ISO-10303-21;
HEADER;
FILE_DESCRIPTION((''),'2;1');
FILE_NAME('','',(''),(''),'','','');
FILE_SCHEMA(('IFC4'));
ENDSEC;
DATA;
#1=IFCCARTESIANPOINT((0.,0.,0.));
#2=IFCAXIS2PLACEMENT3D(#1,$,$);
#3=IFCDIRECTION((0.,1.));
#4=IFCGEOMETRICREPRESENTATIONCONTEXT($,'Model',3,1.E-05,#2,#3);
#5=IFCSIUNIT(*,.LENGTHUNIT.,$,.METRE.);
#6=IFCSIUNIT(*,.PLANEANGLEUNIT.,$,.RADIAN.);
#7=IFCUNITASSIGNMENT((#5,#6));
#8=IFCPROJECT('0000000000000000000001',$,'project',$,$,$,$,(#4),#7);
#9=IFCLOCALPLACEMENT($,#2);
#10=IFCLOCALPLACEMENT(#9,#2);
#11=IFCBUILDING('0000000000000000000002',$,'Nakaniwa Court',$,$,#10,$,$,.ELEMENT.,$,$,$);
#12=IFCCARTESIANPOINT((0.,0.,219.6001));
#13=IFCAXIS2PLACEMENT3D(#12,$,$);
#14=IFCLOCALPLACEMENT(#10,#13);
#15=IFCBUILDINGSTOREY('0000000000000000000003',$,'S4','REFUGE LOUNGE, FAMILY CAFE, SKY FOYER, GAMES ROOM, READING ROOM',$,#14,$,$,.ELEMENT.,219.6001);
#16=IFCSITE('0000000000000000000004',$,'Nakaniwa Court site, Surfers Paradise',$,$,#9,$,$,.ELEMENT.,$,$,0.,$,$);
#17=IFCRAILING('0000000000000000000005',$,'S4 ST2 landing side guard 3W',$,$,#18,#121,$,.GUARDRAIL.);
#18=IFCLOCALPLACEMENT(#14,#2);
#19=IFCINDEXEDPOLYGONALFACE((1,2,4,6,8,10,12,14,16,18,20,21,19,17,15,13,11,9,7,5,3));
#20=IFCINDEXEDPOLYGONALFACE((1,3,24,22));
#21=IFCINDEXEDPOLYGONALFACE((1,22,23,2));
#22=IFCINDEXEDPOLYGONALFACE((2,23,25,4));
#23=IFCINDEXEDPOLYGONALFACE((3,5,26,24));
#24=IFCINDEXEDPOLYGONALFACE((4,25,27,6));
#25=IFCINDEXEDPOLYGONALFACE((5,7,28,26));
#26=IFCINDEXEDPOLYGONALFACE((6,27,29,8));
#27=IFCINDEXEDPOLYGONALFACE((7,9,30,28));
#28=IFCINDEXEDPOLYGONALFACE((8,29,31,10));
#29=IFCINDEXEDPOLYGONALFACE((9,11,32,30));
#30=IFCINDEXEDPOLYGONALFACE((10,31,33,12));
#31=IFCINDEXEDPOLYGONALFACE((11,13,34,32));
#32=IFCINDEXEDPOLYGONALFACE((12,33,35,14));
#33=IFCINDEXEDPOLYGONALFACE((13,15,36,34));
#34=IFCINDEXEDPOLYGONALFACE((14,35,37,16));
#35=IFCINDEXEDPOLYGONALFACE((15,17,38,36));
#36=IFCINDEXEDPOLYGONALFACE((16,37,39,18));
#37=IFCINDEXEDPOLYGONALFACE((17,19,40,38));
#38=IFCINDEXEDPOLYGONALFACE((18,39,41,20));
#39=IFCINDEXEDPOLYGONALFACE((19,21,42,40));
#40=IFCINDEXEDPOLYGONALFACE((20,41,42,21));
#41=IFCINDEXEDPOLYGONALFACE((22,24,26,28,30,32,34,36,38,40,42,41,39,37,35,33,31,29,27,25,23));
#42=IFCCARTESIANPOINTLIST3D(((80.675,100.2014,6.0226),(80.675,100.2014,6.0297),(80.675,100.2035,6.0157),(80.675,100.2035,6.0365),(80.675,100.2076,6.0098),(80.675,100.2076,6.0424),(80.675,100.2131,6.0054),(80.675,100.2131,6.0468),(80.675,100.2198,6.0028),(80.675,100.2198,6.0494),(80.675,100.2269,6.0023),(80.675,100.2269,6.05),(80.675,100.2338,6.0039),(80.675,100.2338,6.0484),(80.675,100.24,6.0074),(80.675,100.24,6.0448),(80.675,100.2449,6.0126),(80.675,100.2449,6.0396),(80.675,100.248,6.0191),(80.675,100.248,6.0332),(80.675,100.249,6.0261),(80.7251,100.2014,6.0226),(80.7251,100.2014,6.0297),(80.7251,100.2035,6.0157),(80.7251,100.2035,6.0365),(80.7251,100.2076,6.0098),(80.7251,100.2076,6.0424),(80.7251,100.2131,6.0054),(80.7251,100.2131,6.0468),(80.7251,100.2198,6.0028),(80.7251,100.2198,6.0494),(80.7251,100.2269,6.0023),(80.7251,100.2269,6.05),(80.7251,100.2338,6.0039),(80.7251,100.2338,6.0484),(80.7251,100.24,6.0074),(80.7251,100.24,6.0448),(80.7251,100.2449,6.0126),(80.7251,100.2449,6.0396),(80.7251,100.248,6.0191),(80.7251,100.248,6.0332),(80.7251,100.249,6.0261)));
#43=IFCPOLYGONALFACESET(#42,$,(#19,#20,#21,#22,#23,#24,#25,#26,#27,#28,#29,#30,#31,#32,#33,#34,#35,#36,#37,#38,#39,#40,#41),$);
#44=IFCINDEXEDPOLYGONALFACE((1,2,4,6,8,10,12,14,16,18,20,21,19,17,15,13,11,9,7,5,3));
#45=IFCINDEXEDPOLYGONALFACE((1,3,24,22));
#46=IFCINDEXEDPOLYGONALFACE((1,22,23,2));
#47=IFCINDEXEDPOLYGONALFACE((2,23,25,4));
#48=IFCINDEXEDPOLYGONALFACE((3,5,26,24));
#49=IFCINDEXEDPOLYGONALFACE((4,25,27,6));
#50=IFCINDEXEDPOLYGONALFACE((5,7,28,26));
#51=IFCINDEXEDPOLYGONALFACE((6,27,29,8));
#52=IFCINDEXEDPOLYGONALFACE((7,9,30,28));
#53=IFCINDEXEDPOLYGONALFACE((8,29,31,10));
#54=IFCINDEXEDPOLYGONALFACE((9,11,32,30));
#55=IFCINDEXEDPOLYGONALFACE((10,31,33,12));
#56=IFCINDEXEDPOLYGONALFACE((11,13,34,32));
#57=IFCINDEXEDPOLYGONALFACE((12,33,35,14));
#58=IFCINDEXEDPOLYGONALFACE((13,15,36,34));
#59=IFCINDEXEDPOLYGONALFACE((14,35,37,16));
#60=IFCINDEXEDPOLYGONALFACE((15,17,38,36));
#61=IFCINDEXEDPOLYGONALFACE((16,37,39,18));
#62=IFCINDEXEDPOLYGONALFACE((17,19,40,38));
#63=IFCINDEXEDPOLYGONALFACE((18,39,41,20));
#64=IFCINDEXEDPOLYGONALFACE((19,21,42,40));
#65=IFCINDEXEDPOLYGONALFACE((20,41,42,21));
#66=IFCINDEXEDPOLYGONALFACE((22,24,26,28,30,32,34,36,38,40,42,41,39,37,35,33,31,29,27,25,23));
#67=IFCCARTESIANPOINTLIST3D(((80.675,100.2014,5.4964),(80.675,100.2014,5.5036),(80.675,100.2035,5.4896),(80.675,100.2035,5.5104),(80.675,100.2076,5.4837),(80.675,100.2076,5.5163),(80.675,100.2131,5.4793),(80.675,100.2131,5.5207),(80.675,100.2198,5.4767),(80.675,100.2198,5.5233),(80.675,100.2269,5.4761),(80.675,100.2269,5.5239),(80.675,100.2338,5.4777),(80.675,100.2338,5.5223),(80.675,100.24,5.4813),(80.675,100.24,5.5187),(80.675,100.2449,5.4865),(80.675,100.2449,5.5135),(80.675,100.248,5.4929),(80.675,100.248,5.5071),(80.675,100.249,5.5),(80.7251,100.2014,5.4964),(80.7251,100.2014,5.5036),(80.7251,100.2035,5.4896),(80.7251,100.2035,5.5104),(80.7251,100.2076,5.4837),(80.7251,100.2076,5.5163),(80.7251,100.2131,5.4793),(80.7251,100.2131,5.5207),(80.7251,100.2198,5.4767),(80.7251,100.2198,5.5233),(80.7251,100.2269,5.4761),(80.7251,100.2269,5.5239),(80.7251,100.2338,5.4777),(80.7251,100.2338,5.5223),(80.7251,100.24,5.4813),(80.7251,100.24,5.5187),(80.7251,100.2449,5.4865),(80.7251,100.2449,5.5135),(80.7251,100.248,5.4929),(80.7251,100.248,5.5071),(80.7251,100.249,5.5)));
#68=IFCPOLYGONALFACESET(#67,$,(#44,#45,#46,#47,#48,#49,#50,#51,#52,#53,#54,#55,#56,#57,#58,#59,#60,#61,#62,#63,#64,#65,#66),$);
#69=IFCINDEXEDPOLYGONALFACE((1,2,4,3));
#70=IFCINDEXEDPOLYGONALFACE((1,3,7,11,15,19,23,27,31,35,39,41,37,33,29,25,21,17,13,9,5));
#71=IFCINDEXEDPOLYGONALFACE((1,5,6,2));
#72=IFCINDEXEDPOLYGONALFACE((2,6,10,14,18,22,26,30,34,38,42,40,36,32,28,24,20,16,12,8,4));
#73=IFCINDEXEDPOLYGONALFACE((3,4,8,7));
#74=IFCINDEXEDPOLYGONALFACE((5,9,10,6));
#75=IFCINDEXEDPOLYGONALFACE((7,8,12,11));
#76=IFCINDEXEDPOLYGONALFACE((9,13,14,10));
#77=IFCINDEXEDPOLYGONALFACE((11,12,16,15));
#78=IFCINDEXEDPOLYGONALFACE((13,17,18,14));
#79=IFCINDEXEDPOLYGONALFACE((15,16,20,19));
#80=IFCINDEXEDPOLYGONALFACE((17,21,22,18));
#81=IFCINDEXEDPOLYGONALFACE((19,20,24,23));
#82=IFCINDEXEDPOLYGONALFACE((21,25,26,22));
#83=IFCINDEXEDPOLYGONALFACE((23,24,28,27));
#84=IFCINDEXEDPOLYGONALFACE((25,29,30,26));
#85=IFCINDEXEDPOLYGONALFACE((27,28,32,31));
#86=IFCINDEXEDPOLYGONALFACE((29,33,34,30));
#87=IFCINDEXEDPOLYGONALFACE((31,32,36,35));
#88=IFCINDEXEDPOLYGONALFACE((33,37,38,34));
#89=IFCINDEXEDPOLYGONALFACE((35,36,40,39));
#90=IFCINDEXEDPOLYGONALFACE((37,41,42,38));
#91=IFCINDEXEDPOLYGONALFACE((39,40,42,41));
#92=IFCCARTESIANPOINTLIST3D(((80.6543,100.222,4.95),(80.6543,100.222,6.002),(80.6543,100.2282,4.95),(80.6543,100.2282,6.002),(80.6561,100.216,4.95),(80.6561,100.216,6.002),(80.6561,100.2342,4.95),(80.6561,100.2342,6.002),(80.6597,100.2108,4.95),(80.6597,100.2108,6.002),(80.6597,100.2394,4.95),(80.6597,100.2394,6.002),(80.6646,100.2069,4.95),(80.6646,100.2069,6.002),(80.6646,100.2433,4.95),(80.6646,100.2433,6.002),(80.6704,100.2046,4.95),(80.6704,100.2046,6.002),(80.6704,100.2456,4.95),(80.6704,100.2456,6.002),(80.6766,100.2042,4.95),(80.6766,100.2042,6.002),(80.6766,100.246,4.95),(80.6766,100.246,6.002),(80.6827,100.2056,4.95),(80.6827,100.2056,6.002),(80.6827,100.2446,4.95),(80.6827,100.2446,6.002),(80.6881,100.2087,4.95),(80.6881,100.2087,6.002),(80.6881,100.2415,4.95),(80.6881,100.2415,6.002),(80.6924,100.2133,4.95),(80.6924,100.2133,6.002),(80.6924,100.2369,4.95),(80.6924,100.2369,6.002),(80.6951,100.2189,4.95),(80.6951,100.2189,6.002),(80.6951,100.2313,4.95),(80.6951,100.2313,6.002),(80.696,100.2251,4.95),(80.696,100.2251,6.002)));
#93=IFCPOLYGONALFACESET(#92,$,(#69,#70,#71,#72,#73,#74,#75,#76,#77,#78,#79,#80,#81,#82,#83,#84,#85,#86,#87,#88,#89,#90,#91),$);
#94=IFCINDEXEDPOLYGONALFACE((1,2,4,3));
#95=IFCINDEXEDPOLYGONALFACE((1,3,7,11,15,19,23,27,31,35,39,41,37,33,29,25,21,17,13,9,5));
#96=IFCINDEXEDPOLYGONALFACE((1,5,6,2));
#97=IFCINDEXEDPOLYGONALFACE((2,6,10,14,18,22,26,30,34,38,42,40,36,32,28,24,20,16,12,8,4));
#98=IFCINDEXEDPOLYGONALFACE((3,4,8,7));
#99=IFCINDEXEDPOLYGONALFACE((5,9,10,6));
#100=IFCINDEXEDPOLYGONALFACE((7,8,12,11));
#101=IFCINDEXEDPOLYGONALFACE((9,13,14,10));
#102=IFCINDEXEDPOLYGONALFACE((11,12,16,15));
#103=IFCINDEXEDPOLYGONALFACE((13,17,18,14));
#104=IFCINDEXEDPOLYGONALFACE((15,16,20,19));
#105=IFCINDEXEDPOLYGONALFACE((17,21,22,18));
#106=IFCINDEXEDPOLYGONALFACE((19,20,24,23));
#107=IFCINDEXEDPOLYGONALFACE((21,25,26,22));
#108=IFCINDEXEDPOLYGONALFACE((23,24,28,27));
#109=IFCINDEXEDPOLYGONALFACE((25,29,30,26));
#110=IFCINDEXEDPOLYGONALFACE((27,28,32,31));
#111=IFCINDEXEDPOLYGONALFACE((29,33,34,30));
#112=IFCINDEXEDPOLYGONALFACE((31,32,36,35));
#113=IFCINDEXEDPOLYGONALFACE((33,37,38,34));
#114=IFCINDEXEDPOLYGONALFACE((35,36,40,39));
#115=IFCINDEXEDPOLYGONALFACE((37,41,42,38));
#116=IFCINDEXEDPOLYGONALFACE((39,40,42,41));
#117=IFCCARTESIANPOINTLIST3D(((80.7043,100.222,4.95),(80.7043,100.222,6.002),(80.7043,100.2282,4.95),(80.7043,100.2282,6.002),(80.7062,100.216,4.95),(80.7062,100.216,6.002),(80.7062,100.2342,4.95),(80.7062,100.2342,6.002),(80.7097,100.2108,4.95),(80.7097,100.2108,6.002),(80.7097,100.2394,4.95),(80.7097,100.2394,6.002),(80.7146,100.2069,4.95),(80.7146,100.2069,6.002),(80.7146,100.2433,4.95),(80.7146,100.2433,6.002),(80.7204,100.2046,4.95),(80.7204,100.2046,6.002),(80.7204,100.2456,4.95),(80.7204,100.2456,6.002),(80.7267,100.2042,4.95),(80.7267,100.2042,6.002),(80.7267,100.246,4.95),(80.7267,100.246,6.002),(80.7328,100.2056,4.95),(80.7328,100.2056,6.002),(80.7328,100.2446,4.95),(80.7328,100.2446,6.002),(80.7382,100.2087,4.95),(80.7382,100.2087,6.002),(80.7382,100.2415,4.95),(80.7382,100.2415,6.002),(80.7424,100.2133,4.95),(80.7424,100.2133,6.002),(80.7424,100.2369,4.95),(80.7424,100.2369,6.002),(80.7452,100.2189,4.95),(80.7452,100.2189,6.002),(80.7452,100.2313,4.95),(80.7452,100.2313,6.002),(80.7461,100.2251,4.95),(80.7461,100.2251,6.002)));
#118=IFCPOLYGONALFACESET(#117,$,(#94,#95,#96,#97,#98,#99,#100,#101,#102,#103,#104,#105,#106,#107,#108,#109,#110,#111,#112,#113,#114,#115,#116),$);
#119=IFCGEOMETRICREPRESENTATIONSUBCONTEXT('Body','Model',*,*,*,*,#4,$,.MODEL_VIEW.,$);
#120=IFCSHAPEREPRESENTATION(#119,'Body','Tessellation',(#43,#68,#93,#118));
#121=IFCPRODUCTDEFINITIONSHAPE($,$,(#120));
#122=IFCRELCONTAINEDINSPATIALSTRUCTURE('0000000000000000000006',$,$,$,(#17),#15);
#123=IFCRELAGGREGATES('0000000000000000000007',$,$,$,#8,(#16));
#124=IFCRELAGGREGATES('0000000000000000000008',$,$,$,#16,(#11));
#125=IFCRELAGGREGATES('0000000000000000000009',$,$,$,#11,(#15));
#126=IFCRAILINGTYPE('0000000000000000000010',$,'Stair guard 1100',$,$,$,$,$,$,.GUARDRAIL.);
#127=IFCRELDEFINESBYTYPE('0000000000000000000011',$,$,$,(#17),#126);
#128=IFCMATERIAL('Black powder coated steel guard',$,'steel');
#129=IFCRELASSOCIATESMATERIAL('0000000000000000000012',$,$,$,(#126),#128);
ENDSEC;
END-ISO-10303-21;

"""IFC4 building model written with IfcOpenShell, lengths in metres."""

from ifc_helpers import new_model, si_unit, direction, frame, origin, origin_2d, place, context, subcontext, project, spatial, circle, extrude, material, type_object, element, save


model = new_model("IFC4")

# Units and contexts
model_context = context("Model", 3, precision=1e-05, world=origin(), true_north=direction((0.0, 1.0)))
body_context = subcontext(model_context, "Body", "Model", "MODEL_VIEW")
ifc_project = project(units=[si_unit("LENGTHUNIT", "METRE"), si_unit("PLANEANGLEUNIT", "RADIAN")], contexts=[model_context])

# Site, building, storey
site_placement = place(None, origin())
site = spatial("IfcSite", under=ifc_project, at=site_placement, Name="Nakaniwa Court site, Surfers Paradise", CompositionType="ELEMENT", RefElevation=0.0)
building_placement = place(site_placement, origin())
building = spatial("IfcBuilding", under=site, at=building_placement, Name="Nakaniwa Court", CompositionType="ELEMENT")
storey_placement = place(building_placement, frame((0.0, 0.0, 219.6001)))
storey = spatial("IfcBuildingStorey", under=building, at=storey_placement, Name="S4", Description="REFUGE LOUNGE, FAMILY CAFE, SKY FOYER, GAMES ROOM, READING ROOM", CompositionType="ELEMENT", Elevation=219.6001)

# Railing
ifc_material_1 = material(Name="Black powder coated steel guard", Category="steel")
railing_type_1 = type_object("IfcRailingType", Name="Stair guard 1100", PredefinedType="GUARDRAIL", material=ifc_material_1)
for number, where, name in (
    (1, (80.675, 100.2251, 4.95), "S4 ST2 landing side guard 3W"),
):
    element("IfcRailing", number, at=place(storey_placement, frame(where)), inside=storey, type_object=railing_type_1, Name=name, PredefinedType="GUARDRAIL", context=body_context, shape_type="SweptSolid", body=[
        extrude(circle(Radius=0.0239, at=origin_2d()), frame((0.0, 0.0, 1.0762), z_axis=(1.0, 0.0, 0.0), x_axis=(0.0, 1.0, 0.0)), (0.0, 0.0, 1.0), 0.05),
        extrude(circle(Radius=0.0239, at=origin_2d()), frame((0.0, 0.0, 0.55), z_axis=(1.0, 0.0, 0.0), x_axis=(0.0, 1.0, 0.0)), (0.0, 0.0, 1.0), 0.05),
        extrude(circle(Radius=0.021, at=origin_2d()), origin(), (0.0, 0.0, 1.0), 1.052),
        extrude(circle(Radius=0.021, at=origin_2d()), frame((0.05, 0.0, 0.0)), (0.0, 0.0, 1.0), 1.052),
    ])

save(model, "model.ifc")
